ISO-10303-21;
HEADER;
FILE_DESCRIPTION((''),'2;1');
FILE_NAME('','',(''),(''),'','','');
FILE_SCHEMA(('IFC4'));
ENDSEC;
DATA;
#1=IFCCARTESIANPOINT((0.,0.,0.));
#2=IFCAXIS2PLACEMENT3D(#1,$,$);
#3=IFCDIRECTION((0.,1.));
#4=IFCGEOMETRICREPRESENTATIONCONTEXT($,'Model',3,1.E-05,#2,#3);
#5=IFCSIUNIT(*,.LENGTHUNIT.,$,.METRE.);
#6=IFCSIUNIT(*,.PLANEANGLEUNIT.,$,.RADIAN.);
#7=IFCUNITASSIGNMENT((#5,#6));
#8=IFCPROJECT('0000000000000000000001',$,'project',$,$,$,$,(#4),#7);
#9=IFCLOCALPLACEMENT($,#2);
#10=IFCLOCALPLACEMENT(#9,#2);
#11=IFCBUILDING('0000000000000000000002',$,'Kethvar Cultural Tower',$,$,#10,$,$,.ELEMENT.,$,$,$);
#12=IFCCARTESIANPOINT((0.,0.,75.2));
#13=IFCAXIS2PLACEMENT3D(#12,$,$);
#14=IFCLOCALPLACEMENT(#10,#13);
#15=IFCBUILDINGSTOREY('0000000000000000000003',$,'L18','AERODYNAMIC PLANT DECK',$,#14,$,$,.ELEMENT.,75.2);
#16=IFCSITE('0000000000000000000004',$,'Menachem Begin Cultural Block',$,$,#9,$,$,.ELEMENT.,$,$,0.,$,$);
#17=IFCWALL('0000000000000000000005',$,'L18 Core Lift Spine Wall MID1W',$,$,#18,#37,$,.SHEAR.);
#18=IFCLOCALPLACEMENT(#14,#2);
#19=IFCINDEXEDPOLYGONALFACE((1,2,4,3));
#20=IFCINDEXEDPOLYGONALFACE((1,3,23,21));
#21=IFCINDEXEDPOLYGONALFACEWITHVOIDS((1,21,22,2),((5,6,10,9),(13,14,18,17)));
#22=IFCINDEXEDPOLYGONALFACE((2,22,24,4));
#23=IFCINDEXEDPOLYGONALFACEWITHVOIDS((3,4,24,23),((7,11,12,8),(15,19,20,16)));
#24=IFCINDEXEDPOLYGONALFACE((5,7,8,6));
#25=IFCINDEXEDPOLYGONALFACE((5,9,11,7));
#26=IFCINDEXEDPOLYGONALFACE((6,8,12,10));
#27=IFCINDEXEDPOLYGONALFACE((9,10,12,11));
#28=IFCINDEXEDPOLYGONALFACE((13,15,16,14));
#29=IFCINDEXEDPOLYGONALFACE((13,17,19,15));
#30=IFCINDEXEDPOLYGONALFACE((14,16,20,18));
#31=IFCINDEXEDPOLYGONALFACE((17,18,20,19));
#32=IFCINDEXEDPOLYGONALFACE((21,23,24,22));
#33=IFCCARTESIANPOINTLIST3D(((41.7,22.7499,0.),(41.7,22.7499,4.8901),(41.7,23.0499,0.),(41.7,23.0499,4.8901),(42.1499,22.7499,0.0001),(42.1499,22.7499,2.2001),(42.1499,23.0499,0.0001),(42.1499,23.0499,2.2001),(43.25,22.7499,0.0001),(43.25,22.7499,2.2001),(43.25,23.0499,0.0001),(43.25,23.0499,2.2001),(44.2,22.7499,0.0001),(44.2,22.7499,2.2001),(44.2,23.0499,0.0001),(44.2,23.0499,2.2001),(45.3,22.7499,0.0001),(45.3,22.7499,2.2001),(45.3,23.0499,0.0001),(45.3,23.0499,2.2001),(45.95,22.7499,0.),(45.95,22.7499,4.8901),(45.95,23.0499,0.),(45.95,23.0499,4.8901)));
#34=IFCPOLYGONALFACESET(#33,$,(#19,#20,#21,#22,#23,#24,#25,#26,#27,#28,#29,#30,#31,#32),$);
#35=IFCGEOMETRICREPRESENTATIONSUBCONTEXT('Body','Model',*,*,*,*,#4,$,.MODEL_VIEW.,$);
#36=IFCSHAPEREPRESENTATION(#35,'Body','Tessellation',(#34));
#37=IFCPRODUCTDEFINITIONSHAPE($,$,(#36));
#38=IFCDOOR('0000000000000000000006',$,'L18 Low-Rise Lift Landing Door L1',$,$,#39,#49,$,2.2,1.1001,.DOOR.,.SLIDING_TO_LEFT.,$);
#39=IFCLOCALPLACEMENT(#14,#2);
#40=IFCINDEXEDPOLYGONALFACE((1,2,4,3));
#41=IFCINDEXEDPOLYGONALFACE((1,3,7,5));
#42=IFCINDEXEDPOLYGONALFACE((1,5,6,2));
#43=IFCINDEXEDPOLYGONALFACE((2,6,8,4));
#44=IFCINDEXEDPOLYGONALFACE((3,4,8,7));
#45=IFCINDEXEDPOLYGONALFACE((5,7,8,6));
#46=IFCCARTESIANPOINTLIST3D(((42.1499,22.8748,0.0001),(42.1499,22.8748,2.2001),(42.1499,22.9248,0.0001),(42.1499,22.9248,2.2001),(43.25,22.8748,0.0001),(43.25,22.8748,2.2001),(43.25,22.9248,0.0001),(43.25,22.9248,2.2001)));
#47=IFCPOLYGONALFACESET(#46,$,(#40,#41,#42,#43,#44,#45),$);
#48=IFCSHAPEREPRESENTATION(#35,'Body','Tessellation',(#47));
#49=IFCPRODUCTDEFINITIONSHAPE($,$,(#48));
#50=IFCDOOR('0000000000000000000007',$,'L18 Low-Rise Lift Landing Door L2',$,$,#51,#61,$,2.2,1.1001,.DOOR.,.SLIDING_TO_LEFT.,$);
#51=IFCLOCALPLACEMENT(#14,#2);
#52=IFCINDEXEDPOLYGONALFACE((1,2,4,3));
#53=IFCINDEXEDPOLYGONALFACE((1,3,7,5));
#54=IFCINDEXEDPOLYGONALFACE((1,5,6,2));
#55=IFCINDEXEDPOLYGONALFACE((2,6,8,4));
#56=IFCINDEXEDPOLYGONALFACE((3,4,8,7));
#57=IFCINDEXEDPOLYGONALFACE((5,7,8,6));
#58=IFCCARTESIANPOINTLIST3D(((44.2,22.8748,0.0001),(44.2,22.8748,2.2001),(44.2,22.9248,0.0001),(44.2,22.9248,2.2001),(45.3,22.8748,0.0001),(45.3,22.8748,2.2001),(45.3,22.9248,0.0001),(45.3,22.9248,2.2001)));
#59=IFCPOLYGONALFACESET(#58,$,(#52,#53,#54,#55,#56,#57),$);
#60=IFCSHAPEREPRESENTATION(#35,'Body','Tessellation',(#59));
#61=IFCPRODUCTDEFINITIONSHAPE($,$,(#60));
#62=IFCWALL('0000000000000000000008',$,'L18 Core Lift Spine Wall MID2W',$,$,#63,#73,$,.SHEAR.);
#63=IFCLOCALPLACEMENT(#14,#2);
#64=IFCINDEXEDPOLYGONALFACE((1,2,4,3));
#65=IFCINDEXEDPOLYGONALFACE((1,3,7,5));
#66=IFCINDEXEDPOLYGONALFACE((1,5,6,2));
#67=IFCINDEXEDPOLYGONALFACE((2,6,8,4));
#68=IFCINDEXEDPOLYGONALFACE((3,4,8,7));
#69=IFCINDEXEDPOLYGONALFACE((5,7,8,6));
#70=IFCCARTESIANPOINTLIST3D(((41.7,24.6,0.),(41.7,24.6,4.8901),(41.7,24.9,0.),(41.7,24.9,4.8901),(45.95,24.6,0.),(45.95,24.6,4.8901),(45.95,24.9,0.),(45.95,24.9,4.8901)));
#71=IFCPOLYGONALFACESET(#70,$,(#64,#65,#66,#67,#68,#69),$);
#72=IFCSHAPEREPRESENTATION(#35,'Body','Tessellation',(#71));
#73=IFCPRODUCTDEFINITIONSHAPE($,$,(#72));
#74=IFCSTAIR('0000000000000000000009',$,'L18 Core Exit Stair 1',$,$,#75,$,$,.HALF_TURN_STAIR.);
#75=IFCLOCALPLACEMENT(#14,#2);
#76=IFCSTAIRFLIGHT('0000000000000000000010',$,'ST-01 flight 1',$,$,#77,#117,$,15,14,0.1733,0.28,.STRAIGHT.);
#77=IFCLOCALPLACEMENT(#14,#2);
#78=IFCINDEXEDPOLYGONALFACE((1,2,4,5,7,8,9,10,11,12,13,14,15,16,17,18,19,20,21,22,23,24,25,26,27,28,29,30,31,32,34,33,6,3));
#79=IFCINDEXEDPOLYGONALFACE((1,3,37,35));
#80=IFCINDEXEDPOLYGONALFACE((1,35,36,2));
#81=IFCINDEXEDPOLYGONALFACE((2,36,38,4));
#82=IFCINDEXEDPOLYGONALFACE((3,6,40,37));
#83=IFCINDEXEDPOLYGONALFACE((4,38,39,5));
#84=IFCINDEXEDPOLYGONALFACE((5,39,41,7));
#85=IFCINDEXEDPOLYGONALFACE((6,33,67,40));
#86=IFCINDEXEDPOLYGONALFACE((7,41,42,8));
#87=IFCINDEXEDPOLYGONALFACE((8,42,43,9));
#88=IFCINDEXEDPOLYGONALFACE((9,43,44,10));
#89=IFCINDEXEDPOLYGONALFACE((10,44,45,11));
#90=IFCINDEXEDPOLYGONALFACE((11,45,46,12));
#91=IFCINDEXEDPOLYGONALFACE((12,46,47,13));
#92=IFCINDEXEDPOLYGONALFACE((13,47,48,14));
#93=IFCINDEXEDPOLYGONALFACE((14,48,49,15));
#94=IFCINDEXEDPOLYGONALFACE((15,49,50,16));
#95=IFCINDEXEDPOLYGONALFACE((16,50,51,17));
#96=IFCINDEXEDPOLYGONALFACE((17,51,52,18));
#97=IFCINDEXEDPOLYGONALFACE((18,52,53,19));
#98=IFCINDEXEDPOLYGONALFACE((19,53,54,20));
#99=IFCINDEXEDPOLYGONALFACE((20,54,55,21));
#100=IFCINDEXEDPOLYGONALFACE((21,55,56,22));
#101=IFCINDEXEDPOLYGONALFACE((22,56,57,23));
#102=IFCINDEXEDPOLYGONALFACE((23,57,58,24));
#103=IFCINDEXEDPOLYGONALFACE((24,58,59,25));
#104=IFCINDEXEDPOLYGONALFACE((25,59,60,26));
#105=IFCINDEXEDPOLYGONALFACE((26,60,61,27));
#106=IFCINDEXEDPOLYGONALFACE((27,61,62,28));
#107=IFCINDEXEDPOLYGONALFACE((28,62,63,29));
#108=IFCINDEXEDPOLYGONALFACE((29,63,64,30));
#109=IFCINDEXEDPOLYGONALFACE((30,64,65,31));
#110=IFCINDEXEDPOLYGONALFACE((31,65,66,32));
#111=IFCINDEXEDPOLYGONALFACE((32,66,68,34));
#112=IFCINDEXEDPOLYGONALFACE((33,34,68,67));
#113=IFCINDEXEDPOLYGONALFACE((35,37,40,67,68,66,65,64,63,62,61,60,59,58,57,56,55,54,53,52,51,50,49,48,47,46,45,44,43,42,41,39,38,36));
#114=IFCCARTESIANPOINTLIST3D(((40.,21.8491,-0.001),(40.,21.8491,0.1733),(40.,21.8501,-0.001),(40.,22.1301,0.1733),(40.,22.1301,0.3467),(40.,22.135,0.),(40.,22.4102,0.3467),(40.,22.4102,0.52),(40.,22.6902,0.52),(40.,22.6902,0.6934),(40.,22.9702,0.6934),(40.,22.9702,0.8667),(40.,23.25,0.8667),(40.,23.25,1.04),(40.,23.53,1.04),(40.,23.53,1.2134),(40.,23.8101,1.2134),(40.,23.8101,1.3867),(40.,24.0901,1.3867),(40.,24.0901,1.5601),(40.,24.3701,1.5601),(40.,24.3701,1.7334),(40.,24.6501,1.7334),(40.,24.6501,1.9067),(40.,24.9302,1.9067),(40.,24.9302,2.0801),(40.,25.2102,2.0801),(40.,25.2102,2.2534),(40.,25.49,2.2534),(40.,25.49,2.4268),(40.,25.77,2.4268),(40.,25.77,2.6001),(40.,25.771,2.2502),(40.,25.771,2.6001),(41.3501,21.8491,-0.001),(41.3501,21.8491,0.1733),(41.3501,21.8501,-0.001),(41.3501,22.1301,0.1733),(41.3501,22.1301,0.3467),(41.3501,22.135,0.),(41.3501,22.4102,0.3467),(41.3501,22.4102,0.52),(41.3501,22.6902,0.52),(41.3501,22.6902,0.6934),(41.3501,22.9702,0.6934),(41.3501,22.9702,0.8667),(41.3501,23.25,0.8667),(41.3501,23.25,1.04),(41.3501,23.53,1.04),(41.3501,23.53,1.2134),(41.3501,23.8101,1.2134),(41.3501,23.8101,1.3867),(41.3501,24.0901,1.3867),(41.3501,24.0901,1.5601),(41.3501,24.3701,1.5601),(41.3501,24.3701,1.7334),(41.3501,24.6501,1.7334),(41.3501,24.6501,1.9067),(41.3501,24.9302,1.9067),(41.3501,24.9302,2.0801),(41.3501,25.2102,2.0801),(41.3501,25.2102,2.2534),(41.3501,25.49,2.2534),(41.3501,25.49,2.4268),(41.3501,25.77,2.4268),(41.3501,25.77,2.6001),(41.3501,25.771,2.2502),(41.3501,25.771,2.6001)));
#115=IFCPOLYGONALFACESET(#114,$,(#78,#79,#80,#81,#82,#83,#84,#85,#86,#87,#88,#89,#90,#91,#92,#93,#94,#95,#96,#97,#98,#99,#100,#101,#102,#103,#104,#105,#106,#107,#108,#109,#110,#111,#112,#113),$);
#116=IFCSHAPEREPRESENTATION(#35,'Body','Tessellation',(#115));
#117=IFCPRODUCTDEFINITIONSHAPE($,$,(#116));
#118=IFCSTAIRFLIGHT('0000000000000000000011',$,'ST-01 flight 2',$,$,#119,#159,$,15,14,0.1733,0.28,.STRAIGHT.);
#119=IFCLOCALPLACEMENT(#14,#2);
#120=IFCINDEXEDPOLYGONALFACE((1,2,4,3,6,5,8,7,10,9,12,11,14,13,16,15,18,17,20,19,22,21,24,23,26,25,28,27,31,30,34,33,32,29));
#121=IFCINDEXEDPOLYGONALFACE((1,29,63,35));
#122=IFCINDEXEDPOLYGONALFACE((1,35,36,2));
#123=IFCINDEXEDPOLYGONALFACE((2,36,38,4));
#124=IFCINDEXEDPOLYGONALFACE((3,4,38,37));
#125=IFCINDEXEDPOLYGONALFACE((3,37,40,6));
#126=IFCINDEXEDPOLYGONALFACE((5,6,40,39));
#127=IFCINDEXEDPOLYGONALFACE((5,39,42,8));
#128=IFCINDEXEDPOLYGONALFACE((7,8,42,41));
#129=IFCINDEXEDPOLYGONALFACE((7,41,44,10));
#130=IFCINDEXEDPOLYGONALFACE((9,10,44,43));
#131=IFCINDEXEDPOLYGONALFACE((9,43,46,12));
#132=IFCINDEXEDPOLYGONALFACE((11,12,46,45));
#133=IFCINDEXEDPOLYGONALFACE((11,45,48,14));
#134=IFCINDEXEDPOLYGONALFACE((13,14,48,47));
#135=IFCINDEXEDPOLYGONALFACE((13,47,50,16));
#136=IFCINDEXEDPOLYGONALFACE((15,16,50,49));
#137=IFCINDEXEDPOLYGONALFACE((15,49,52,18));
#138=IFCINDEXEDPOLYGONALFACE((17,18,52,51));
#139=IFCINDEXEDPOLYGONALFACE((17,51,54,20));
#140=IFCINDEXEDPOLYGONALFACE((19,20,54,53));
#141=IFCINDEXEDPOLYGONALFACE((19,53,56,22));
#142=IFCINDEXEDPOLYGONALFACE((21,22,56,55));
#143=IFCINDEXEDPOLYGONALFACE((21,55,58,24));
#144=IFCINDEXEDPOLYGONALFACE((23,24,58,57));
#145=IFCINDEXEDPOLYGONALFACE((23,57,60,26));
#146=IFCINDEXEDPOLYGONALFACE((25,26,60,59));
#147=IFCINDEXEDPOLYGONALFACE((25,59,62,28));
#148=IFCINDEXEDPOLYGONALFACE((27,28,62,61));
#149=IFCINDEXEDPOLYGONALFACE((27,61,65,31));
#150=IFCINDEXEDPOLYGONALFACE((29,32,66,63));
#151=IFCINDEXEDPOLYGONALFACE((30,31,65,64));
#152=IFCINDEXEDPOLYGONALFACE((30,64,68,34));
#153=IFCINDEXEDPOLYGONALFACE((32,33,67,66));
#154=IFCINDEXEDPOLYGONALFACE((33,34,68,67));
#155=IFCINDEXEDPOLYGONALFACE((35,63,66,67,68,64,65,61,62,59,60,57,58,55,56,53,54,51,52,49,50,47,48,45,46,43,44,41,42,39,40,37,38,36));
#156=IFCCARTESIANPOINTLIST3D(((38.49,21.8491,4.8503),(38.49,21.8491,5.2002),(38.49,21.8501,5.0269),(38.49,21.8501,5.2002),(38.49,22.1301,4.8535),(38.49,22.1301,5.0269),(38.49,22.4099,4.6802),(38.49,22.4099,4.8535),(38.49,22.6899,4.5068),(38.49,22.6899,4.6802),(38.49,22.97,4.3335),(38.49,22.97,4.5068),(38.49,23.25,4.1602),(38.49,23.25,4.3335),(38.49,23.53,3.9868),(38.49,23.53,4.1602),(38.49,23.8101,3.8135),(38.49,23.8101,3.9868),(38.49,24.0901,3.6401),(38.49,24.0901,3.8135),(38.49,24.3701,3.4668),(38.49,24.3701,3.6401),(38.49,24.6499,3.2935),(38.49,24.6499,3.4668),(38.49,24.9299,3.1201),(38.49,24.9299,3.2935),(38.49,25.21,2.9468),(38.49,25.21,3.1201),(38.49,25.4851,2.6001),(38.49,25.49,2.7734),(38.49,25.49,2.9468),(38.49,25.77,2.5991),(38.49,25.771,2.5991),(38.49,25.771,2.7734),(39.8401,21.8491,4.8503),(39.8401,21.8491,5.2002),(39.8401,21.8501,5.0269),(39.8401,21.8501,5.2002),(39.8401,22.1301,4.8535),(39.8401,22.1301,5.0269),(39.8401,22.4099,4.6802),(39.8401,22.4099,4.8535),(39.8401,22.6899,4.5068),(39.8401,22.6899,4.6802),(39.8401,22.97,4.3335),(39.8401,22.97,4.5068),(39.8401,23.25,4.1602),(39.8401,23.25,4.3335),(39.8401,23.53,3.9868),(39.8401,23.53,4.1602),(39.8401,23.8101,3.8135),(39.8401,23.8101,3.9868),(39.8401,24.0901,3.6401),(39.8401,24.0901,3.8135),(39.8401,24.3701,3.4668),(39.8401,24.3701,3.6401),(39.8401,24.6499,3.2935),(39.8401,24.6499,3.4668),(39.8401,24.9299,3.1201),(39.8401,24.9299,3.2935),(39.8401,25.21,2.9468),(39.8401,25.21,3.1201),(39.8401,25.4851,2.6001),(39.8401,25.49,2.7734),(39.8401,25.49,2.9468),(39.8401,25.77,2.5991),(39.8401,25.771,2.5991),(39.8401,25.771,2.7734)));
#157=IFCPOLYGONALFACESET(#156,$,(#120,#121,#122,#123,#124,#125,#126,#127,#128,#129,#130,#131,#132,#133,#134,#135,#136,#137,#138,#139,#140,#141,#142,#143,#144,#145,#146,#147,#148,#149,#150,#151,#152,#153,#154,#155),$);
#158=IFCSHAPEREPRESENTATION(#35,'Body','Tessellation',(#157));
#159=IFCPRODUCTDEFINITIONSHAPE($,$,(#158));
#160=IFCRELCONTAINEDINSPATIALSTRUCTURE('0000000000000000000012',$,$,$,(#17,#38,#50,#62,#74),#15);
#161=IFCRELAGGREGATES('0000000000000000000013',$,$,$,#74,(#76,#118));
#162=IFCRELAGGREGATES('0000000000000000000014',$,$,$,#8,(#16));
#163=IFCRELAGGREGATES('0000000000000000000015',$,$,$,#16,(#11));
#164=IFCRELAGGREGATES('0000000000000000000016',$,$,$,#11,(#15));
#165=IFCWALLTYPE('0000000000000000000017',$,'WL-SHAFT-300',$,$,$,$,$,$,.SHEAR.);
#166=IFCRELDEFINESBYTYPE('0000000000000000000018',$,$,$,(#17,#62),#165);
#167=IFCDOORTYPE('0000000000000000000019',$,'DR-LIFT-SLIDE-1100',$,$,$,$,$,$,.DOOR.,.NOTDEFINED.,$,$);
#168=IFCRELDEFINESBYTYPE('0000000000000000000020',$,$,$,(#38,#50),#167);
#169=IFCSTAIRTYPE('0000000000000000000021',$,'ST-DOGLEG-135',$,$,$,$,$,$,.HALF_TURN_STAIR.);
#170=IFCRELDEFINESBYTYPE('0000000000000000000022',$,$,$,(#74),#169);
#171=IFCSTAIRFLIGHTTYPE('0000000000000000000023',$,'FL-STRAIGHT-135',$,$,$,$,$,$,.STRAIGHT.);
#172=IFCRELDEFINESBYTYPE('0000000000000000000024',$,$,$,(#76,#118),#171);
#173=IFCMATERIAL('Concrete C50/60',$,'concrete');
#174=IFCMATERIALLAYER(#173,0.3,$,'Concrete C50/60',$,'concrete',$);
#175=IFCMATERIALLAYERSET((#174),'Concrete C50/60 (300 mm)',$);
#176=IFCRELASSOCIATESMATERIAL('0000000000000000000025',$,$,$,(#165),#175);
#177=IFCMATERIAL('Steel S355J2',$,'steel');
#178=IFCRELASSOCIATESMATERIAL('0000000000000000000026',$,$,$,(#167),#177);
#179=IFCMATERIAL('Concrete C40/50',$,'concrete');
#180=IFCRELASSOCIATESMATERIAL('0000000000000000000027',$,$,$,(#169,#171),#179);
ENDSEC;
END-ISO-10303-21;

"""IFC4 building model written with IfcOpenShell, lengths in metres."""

from ifc_helpers import new_model, si_unit, direction, frame, frame_2d, origin, place, context, subcontext, project, spatial, polyline, rectangle, outline, extrude, source, transform, mapped, material, layer, layer_set, type_object, element, fill, aggregate, save


model = new_model("IFC4")

# Units and contexts
model_context = context("Model", 3, precision=1e-05, world=origin(), true_north=direction((0.0, 1.0)))
body_context = subcontext(model_context, "Body", "Model", "MODEL_VIEW")
ifc_project = project(units=[si_unit("LENGTHUNIT", "METRE"), si_unit("PLANEANGLEUNIT", "RADIAN")], contexts=[model_context])

# Site, building, storey
site_placement = place(None, origin())
site = spatial("IfcSite", under=ifc_project, at=site_placement, Name="Menachem Begin Cultural Block", CompositionType="ELEMENT", RefElevation=0.0)
building_placement = place(site_placement, origin())
building = spatial("IfcBuilding", under=site, at=building_placement, Name="Kethvar Cultural Tower", CompositionType="ELEMENT")
storey_placement = place(building_placement, frame((0.0, 0.0, 75.2)))
storey = spatial("IfcBuildingStorey", under=building, at=storey_placement, Name="L18", Description="AERODYNAMIC PLANT DECK", CompositionType="ELEMENT", Elevation=75.2)

# Shared definitions
ifc_material_1 = material(Name="Steel S355J2", Category="steel")

# Wall, openings, doors
ifc_material_2 = material(Name="Concrete C50/60", Category="concrete")
ifc_layer_1 = layer(ifc_material_2, 0.3, Name="Concrete C50/60", Category="concrete")
ifc_layer_set_1 = layer_set([ifc_layer_1], Name="Concrete C50/60 (300 mm)")
wall_type_1 = type_object("IfcWallType", Name="WL-SHAFT-300", PredefinedType="SHEAR", material=ifc_layer_set_1)
wall_1_placement = place(storey_placement, frame((41.7, 22.8999, 0.0), z_axis=(0.0, 0.0, 1.0), x_axis=(1.0, 0.0, 0.0)))
wall_1 = element("IfcWall", 1, at=wall_1_placement, inside=storey, type_object=wall_type_1, Name="L18 Core Lift Spine Wall MID1W", PredefinedType="SHEAR", context=body_context, shape_type="SweptSolid", body=[
    extrude(rectangle(XDim=4.25, YDim=0.3, at=frame_2d((2.125, 0.0))), origin(), (0.0, 0.0, 1.0), 4.8901),
])
opening_1_placement = place(wall_1_placement, frame((0.45, 0.0, 0.0)))
opening_1 = element("IfcOpeningElement", 2, at=opening_1_placement, cuts=wall_1, PredefinedType="OPENING", context=body_context, shape_type="SweptSolid", body=[
    extrude(rectangle(XDim=1.1001, YDim=2.2, at=frame_2d((0.55, 1.1001))), frame((0.0, 0.1599, 0.0), z_axis=(0.0, -1.0, 0.0), x_axis=(1.0, 0.0, 0.0)), (0.0, 0.0, 1.0), 0.3201),
])
opening_2_placement = place(wall_1_placement, frame((2.5, 0.0, 0.0)))
opening_2 = element("IfcOpeningElement", 3, at=opening_2_placement, cuts=wall_1, PredefinedType="OPENING", context=body_context, shape_type="SweptSolid", body=[
    extrude(rectangle(XDim=1.1001, YDim=2.2, at=frame_2d((0.55, 1.1001))), frame((0.0, 0.1599, 0.0), z_axis=(0.0, -1.0, 0.0), x_axis=(1.0, 0.0, 0.0)), (0.0, 0.0, 1.0), 0.3201),
])
door_type = type_object("IfcDoorType", Name="DR-LIFT-SLIDE-1100", OperationType="NOTDEFINED", PredefinedType="DOOR", material=ifc_material_1)
shared_shape_1 = source(origin(), body_context, "Body", "SweptSolid", [
    extrude(rectangle(XDim=1.1001, YDim=2.2, at=frame_2d((0.55, 1.1001))), frame((0.0, 0.0249, 0.0), z_axis=(0.0, -1.0, 0.0), x_axis=(1.0, 0.0, 0.0)), (0.0, 0.0, 1.0), 0.05),
])
door_1_placement = place(opening_1_placement, origin())
door_1 = element("IfcDoor", 4, at=door_1_placement, inside=storey, type_object=door_type, Name="L18 Low-Rise Lift Landing Door L1", OperationType="SLIDING_TO_LEFT", OverallHeight=2.2, OverallWidth=1.1001, PredefinedType="DOOR", context=body_context, shape_type="MappedRepresentation", body=[
    mapped(shared_shape_1, transform((0.0, 0.0, 0.0), scale=1.0)),
])
fill(opening_1, door_1)
door_2_placement = place(opening_2_placement, origin())
door_2 = element("IfcDoor", 5, at=door_2_placement, inside=storey, type_object=door_type, Name="L18 Low-Rise Lift Landing Door L2", OperationType="SLIDING_TO_LEFT", OverallHeight=2.2, OverallWidth=1.1001, PredefinedType="DOOR", context=body_context, shape_type="MappedRepresentation", body=[
    mapped(shared_shape_1, transform((0.0, 0.0, 0.0), scale=1.0)),
])
fill(opening_2, door_2)

# Wall
wall_2_placement = place(storey_placement, frame((41.7, 24.75, 0.0), z_axis=(0.0, 0.0, 1.0), x_axis=(1.0, 0.0, 0.0)))
element("IfcWall", 6, at=wall_2_placement, inside=storey, type_object=wall_type_1, Name="L18 Core Lift Spine Wall MID2W", PredefinedType="SHEAR", context=body_context, shape_type="SweptSolid", body=[
    extrude(rectangle(XDim=4.25, YDim=0.3, at=frame_2d((2.125, 0.0))), origin(), (0.0, 0.0, 1.0), 4.8901),
])

# Stair, stair flights
ifc_material_3 = material(Name="Concrete C40/50", Category="concrete")
stair_type = type_object("IfcStairType", Name="ST-DOGLEG-135", PredefinedType="HALF_TURN_STAIR", material=ifc_material_3)
stair_placement = place(storey_placement, origin())
stair = element("IfcStair", 7, at=stair_placement, inside=storey, type_object=stair_type, Name="L18 Core Exit Stair 1", PredefinedType="HALF_TURN_STAIR")
stair_flight_type = type_object("IfcStairFlightType", Name="FL-STRAIGHT-135", PredefinedType="STRAIGHT", material=ifc_material_3)
stair_flight_1_placement = place(storey_placement, frame((40.675, 21.8501, 0.0), z_axis=(0.0, 0.0, 1.0), x_axis=(0.0, 1.0, 0.0)))
stair_flight_1 = element("IfcStairFlight", 8, at=stair_flight_1_placement, type_object=stair_flight_type, Name="ST-01 flight 1", NumberOfRisers=15, NumberOfTreads=14, PredefinedType="STRAIGHT", RiserHeight=0.1733, TreadLength=0.28, context=body_context, shape_type="SweptSolid", body=[
    extrude(outline(polyline([(-0.001, -0.001), (-0.001, 0.1733), (0.28, 0.1733), (0.28, 0.3467), (0.5601, 0.3467), (0.5601, 0.52), (0.8401, 0.52), (0.8401, 0.6934), (1.1201, 0.6934), (1.1201, 0.8667), (1.3999, 0.8667), (1.3999, 1.04), (1.6799, 1.04), (1.6799, 1.2134), (1.96, 1.2134), (1.96, 1.3867), (2.24, 1.3867), (2.24, 1.5601), (2.52, 1.5601), (2.52, 1.7334), (2.8, 1.7334), (2.8, 1.9067), (3.0801, 1.9067), (3.0801, 2.0801), (3.3601, 2.0801), (3.3601, 2.2534), (3.6399, 2.2534), (3.6399, 2.4268), (3.9199, 2.4268), (3.9199, 2.6001), (3.9209, 2.6001), (3.9209, 2.2502), (0.2849, 0.0), (0.0, -0.001), (-0.001, -0.001)])), frame((0.0, 0.675, 0.0), z_axis=(0.0, -1.0, 0.0), x_axis=(1.0, 0.0, 0.0)), (0.0, 0.0, 1.0), 1.3501),
])
stair_flight_2_placement = place(storey_placement, frame((39.165, 25.77, 2.6001), z_axis=(0.0, 0.0, 1.0), x_axis=(0.0, -1.0, 0.0)))
stair_flight_2 = element("IfcStairFlight", 9, at=stair_flight_2_placement, type_object=stair_flight_type, Name="ST-01 flight 2", NumberOfRisers=15, NumberOfTreads=14, PredefinedType="STRAIGHT", RiserHeight=0.1733, TreadLength=0.28, context=body_context, shape_type="SweptSolid", body=[
    extrude(outline(polyline([(-0.001, -0.001), (-0.001, 0.1733), (0.28, 0.1733), (0.28, 0.3467), (0.5601, 0.3467), (0.5601, 0.52), (0.8401, 0.52), (0.8401, 0.6934), (1.1201, 0.6934), (1.1201, 0.8667), (1.3999, 0.8667), (1.3999, 1.04), (1.6799, 1.04), (1.6799, 1.2134), (1.96, 1.2134), (1.96, 1.3867), (2.24, 1.3867), (2.24, 1.5601), (2.52, 1.5601), (2.52, 1.7334), (2.8, 1.7334), (2.8, 1.9067), (3.0801, 1.9067), (3.0801, 2.0801), (3.3601, 2.0801), (3.3601, 2.2534), (3.6399, 2.2534), (3.6399, 2.4268), (3.9199, 2.4268), (3.9199, 2.6001), (3.9209, 2.6001), (3.9209, 2.2502), (0.2849, 0.0), (0.0, -0.001), (-0.001, -0.001)])), frame((0.0, 0.675, 0.0), z_axis=(0.0, -1.0, 0.0), x_axis=(1.0, 0.0, 0.0)), (0.0, 0.0, 1.0), 1.3501),
])
aggregate(stair, [stair_flight_1, stair_flight_2])

save(model, "model.ifc")
